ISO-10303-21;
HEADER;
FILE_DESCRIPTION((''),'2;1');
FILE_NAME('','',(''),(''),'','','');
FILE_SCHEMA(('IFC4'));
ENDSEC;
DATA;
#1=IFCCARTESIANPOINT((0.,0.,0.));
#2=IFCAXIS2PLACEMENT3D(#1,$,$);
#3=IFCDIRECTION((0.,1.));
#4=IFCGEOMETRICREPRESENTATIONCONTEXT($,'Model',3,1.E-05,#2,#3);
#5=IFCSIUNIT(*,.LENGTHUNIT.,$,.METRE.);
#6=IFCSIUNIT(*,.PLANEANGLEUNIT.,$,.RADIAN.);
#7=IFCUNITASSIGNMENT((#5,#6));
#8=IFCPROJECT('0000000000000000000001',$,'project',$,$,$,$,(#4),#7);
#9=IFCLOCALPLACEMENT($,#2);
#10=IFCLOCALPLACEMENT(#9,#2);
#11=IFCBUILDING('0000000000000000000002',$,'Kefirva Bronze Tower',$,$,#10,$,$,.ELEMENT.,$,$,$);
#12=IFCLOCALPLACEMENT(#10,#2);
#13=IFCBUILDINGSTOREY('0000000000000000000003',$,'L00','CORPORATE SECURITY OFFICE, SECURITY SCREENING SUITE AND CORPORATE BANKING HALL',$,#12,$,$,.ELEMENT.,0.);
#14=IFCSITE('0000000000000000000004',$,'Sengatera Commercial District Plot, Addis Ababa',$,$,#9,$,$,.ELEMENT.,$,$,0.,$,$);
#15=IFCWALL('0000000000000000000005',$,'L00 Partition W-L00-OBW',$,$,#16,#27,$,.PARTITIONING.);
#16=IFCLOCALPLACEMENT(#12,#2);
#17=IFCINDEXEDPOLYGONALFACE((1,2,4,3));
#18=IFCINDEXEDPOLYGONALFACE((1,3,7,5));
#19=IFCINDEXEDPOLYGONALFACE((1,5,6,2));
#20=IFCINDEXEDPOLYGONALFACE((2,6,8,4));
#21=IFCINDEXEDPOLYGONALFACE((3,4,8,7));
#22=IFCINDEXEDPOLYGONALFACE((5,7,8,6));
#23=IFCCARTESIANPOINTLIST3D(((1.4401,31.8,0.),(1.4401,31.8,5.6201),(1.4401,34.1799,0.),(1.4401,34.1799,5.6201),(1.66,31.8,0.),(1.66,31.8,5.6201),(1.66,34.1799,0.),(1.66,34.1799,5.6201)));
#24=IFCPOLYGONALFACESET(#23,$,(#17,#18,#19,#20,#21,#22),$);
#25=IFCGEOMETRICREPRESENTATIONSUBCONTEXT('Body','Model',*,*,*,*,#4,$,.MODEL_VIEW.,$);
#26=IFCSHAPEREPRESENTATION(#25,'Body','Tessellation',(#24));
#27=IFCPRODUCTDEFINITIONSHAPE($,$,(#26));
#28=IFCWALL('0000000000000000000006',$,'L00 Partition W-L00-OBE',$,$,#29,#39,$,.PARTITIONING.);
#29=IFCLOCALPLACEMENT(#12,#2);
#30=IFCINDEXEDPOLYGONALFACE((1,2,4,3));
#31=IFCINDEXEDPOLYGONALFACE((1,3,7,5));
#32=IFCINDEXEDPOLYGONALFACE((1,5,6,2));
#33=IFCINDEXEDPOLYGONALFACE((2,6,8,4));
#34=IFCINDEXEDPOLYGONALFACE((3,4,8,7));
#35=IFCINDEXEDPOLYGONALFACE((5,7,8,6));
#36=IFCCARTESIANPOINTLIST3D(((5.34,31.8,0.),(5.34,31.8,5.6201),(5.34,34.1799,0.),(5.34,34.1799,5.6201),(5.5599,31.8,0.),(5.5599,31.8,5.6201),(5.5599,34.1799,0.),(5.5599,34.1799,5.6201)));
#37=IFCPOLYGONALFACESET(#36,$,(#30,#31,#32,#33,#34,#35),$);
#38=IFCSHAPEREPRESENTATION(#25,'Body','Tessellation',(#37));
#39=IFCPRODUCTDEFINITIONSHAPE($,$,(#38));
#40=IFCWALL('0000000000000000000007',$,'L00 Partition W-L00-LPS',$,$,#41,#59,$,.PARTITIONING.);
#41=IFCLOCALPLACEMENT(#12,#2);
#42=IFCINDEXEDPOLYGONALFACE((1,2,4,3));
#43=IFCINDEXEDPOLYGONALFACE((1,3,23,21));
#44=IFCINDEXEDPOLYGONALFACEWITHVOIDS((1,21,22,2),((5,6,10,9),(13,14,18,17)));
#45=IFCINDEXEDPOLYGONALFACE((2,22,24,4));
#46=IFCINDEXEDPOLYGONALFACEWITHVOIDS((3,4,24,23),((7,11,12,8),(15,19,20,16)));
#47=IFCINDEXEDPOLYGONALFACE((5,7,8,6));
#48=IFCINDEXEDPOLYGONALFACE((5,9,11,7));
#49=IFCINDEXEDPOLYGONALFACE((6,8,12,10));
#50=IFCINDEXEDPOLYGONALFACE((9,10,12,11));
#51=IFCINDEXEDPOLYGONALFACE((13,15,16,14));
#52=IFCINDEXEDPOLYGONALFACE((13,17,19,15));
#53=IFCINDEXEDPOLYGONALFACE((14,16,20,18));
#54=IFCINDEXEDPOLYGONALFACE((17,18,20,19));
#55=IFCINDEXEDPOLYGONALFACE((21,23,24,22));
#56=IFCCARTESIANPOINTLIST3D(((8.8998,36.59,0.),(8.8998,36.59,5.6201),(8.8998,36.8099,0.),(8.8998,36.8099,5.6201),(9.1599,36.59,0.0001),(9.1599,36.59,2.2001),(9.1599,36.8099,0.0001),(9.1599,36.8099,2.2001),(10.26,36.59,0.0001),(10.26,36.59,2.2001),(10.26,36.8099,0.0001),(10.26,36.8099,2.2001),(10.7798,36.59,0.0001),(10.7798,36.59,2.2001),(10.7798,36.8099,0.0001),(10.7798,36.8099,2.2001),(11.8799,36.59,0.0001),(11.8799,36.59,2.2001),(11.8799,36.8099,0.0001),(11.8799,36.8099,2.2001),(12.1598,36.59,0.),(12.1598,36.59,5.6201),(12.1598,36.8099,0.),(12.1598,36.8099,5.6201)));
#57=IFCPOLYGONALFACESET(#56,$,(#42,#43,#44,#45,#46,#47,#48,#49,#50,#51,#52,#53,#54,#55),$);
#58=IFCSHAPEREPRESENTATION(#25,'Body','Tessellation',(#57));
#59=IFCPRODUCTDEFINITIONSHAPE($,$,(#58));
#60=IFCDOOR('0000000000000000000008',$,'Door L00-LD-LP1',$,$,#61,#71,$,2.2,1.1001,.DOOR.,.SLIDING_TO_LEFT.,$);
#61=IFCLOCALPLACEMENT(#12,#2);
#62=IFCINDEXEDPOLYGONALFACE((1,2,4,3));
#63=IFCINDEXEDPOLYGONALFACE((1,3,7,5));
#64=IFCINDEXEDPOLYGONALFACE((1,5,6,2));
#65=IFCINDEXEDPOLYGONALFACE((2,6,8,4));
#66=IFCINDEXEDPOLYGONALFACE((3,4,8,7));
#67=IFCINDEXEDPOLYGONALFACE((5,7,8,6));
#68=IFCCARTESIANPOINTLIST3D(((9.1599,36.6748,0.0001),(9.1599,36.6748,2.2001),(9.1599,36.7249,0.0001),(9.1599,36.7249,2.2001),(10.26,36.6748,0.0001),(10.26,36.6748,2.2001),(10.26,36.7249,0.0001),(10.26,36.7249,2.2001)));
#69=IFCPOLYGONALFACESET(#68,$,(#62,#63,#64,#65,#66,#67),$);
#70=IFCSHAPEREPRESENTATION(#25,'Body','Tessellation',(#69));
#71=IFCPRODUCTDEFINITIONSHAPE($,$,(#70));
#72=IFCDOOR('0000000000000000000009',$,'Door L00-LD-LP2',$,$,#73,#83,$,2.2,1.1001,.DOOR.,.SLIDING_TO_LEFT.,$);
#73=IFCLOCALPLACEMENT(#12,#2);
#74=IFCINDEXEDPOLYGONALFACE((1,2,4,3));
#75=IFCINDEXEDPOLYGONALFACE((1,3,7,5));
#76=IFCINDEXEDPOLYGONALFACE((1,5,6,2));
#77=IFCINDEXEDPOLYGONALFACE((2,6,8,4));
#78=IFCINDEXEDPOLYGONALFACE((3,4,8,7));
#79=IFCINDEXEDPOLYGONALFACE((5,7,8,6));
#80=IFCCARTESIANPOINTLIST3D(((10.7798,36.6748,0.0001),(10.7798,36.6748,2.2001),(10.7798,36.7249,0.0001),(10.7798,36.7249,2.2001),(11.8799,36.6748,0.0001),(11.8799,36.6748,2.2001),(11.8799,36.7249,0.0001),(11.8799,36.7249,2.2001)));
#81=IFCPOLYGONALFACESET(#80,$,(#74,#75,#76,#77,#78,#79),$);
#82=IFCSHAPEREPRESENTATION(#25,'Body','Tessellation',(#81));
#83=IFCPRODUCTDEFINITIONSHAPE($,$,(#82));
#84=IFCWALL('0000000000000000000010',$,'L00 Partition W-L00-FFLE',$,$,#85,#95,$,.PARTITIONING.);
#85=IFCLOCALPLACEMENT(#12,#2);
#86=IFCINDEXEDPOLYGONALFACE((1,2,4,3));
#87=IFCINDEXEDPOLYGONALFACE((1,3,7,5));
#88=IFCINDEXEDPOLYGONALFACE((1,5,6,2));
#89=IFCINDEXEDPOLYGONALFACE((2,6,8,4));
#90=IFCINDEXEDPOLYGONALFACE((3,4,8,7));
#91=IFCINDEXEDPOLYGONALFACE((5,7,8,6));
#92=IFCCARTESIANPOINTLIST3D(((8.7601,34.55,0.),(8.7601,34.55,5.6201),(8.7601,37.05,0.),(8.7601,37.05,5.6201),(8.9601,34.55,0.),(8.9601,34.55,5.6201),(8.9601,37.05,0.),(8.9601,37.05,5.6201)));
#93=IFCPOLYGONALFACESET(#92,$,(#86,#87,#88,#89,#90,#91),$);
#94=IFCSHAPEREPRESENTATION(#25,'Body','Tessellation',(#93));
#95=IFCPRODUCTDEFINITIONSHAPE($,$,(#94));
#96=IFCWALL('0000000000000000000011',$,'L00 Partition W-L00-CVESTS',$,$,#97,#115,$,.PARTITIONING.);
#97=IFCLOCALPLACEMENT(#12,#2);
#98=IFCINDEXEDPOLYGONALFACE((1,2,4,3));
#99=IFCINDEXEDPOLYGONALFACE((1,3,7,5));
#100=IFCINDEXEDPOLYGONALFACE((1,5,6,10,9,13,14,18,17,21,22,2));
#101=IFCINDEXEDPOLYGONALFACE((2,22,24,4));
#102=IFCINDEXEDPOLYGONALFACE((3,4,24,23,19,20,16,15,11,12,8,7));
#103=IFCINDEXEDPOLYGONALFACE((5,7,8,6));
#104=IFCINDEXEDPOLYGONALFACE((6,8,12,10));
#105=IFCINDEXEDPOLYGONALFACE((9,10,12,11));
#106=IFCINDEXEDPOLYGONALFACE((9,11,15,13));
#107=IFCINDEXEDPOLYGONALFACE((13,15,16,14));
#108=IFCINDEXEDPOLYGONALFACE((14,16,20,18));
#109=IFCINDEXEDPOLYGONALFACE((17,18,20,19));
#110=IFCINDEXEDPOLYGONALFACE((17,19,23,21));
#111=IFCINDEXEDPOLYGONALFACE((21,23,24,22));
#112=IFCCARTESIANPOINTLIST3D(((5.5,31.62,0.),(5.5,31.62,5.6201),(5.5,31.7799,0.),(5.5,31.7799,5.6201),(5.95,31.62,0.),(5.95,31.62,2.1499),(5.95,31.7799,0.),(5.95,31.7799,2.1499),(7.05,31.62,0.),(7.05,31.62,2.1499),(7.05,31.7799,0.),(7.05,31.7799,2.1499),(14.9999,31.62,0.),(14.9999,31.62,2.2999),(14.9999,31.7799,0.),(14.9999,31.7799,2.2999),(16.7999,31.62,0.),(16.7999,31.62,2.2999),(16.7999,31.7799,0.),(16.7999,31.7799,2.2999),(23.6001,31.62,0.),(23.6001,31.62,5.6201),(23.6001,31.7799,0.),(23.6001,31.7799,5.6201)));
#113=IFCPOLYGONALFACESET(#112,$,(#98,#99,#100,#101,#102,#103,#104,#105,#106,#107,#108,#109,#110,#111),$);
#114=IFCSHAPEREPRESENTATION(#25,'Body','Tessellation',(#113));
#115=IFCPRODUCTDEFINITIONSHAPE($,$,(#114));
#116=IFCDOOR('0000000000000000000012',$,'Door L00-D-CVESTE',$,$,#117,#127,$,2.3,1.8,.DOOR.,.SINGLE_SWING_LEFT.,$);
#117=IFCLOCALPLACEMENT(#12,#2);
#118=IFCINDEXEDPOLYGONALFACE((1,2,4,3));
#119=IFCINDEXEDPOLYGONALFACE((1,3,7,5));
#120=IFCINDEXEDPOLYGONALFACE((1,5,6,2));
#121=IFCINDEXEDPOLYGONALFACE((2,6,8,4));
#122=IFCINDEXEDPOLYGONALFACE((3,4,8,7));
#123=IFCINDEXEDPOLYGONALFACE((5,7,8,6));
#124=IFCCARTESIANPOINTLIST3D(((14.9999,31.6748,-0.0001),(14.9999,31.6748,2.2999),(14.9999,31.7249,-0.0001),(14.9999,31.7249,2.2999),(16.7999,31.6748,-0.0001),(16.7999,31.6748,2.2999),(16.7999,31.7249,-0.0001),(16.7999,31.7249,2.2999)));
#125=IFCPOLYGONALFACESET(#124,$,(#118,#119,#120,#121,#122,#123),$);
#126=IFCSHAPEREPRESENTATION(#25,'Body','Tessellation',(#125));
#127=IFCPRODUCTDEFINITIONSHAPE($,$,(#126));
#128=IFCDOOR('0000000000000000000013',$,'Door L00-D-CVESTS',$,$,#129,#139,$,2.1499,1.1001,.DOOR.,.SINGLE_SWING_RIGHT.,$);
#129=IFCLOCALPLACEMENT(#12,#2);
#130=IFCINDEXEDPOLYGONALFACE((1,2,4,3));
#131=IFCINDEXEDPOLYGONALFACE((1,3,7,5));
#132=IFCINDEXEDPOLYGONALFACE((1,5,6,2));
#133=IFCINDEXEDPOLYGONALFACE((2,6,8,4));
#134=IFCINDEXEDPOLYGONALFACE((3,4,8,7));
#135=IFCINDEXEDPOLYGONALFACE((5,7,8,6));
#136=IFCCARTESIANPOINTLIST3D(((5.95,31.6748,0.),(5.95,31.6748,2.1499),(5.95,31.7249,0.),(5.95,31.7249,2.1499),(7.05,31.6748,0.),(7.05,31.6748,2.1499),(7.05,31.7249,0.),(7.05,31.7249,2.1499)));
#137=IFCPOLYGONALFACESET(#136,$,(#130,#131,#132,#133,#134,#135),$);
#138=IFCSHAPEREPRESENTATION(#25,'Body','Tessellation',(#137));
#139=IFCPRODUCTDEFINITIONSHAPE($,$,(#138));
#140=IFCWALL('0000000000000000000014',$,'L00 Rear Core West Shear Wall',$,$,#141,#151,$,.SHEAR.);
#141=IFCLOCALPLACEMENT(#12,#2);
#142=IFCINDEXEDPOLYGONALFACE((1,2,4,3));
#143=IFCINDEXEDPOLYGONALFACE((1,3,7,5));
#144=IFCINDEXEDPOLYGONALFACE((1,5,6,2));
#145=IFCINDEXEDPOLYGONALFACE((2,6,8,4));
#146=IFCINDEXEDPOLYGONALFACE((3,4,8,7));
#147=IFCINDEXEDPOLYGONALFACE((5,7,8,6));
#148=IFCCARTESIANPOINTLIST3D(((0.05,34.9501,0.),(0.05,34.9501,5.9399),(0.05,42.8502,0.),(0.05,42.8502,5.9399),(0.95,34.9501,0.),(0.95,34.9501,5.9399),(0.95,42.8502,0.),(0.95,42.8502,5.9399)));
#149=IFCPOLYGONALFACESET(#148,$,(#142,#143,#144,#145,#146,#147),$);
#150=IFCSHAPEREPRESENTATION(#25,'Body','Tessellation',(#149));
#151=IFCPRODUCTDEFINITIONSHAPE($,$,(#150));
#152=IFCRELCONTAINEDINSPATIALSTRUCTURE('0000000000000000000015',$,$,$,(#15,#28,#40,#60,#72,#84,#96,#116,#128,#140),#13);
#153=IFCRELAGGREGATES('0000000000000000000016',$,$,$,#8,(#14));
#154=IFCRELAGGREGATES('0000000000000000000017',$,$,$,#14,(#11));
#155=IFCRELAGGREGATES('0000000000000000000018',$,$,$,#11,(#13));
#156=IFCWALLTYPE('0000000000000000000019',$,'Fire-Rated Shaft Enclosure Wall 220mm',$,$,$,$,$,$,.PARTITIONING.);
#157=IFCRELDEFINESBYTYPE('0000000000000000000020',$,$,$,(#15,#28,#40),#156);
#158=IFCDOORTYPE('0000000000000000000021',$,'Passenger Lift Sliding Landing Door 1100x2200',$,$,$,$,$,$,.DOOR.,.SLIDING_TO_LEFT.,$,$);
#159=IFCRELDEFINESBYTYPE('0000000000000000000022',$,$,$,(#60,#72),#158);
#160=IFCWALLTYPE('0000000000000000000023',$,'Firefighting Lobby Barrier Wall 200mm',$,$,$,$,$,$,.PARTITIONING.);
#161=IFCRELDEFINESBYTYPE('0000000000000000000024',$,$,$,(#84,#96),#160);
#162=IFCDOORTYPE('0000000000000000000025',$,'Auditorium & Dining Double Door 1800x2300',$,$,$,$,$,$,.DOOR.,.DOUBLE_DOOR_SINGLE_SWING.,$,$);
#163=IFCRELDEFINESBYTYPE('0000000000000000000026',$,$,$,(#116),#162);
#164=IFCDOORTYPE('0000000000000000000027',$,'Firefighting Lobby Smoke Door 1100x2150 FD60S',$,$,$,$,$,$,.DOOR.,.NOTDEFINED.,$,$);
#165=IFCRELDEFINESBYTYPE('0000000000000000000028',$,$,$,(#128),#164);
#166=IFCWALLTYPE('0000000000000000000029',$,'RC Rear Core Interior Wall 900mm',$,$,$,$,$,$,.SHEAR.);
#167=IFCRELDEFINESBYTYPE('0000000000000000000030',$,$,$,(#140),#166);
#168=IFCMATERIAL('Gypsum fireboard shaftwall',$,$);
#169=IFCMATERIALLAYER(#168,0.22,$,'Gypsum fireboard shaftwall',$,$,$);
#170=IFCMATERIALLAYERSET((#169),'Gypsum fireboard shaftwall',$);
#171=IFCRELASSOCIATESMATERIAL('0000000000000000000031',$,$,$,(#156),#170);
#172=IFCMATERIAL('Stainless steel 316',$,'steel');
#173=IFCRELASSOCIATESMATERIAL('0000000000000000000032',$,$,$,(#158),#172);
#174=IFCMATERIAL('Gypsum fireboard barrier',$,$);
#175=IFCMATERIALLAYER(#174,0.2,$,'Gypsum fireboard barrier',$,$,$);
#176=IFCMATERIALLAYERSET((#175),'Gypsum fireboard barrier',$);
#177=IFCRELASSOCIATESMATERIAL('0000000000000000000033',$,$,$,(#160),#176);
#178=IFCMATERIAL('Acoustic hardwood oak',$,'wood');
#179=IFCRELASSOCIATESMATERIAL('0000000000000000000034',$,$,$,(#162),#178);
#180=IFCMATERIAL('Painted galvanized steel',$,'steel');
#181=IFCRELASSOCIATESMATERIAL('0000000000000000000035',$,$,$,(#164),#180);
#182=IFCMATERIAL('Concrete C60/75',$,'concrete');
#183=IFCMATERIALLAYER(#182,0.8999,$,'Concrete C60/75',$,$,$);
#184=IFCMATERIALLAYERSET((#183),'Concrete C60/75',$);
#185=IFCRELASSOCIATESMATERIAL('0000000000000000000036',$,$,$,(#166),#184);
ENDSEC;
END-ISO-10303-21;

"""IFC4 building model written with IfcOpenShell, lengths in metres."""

from ifc_helpers import new_model, si_unit, direction, frame, frame_2d, origin, place, context, subcontext, project, spatial, rectangle, extrude, material, layer, layer_set, type_object, element, fill, save


model = new_model("IFC4")

# Units and contexts
model_context = context("Model", 3, precision=1e-05, world=origin(), true_north=direction((0.0, 1.0)))
body_context = subcontext(model_context, "Body", "Model", "MODEL_VIEW")
ifc_project = project(units=[si_unit("LENGTHUNIT", "METRE"), si_unit("PLANEANGLEUNIT", "RADIAN")], contexts=[model_context])

# Site, building, storey
site_placement = place(None, origin())
site = spatial("IfcSite", under=ifc_project, at=site_placement, Name="Sengatera Commercial District Plot, Addis Ababa", CompositionType="ELEMENT", RefElevation=0.0)
building_placement = place(site_placement, origin())
building = spatial("IfcBuilding", under=site, at=building_placement, Name="Kefirva Bronze Tower", CompositionType="ELEMENT")
storey_placement = place(building_placement, origin())
storey = spatial("IfcBuildingStorey", under=building, at=storey_placement, Name="L00", Description="CORPORATE SECURITY OFFICE, SECURITY SCREENING SUITE AND CORPORATE BANKING HALL", CompositionType="ELEMENT", Elevation=0.0)

# Shared definitions
ifc_material_1 = material(Name="Concrete C60/75", Category="concrete")

# Shared definitions
ifc_material_2 = material(Name="Gypsum fireboard shaftwall")
ifc_layer_1 = layer(ifc_material_2, 0.22, Name="Gypsum fireboard shaftwall")
ifc_layer_set_1 = layer_set([ifc_layer_1], Name="Gypsum fireboard shaftwall")
wall_type_1 = type_object("IfcWallType", Name="Fire-Rated Shaft Enclosure Wall 220mm", PredefinedType="PARTITIONING", material=ifc_layer_set_1)
ifc_material_3 = material(Name="Stainless steel 316", Category="steel")
door_type_1 = type_object("IfcDoorType", Name="Passenger Lift Sliding Landing Door 1100x2200", OperationType="SLIDING_TO_LEFT", PredefinedType="DOOR", material=ifc_material_3)

# Walls
for number, where, z_axis, x_axis, name in (
    (1, (1.55, 31.8, 0.0), (0.0, 0.0, 1.0), (0.0, 1.0, 0.0), "L00 Partition W-L00-OBW"),
    (2, (5.45, 31.8, 0.0), (0.0, 0.0, 1.0), (0.0, 1.0, 0.0), "L00 Partition W-L00-OBE"),
):
    element("IfcWall", number, at=place(storey_placement, frame(where, z_axis=z_axis, x_axis=x_axis)), inside=storey, type_object=wall_type_1, Name=name, PredefinedType="PARTITIONING", context=body_context, shape_type="SweptSolid", body=[
        extrude(rectangle(XDim=2.3799, YDim=0.22, at=frame_2d((1.1899, 0.0))), origin(), (0.0, 0.0, 1.0), 5.6201),
    ])

# Wall, openings, doors
wall_1_placement = place(storey_placement, frame((8.8999, 36.7, 0.0), z_axis=(0.0, 0.0, 1.0), x_axis=(1.0, 0.0, 0.0)))
wall_1 = element("IfcWall", 3, at=wall_1_placement, inside=storey, type_object=wall_type_1, Name="L00 Partition W-L00-LPS", PredefinedType="PARTITIONING", context=body_context, shape_type="SweptSolid", body=[
    extrude(rectangle(XDim=3.26, YDim=0.22, at=frame_2d((1.6299, 0.0))), origin(), (0.0, 0.0, 1.0), 5.6201),
])
opening_1_placement = place(wall_1_placement, frame((0.26, 0.0, 0.0)))
opening_1 = element("IfcOpeningElement", 4, at=opening_1_placement, cuts=wall_1, PredefinedType="OPENING", context=body_context, shape_type="SweptSolid", body=[
    extrude(rectangle(XDim=1.1001, YDim=2.2, at=frame_2d((0.55, 1.1001))), frame((0.0, 0.1201, 0.0), z_axis=(0.0, -1.0, 0.0), x_axis=(1.0, 0.0, 0.0)), (0.0, 0.0, 1.0), 0.24),
])
opening_2_placement = place(wall_1_placement, frame((1.8799, 0.0, 0.0)))
opening_2 = element("IfcOpeningElement", 5, at=opening_2_placement, cuts=wall_1, PredefinedType="OPENING", context=body_context, shape_type="SweptSolid", body=[
    extrude(rectangle(XDim=1.1001, YDim=2.2, at=frame_2d((0.55, 1.1001))), frame((0.0, 0.1201, 0.0), z_axis=(0.0, -1.0, 0.0), x_axis=(1.0, 0.0, 0.0)), (0.0, 0.0, 1.0), 0.24),
])
door_1_placement = place(opening_1_placement, origin())
door_1 = element("IfcDoor", 6, at=door_1_placement, inside=storey, type_object=door_type_1, Name="Door L00-LD-LP1", OperationType="SLIDING_TO_LEFT", OverallHeight=2.2, OverallWidth=1.1001, PredefinedType="DOOR", context=body_context, shape_type="SweptSolid", body=[
    extrude(rectangle(XDim=1.1001, YDim=2.2, at=frame_2d((0.55, 1.1001))), frame((0.0, 0.0249, 0.0), z_axis=(0.0, -1.0, 0.0), x_axis=(1.0, 0.0, 0.0)), (0.0, 0.0, 1.0), 0.05),
])
fill(opening_1, door_1)
door_2_placement = place(opening_2_placement, origin())
door_2 = element("IfcDoor", 7, at=door_2_placement, inside=storey, type_object=door_type_1, Name="Door L00-LD-LP2", OperationType="SLIDING_TO_LEFT", OverallHeight=2.2, OverallWidth=1.1001, PredefinedType="DOOR", context=body_context, shape_type="SweptSolid", body=[
    extrude(rectangle(XDim=1.1001, YDim=2.2, at=frame_2d((0.55, 1.1001))), frame((0.0, 0.0249, 0.0), z_axis=(0.0, -1.0, 0.0), x_axis=(1.0, 0.0, 0.0)), (0.0, 0.0, 1.0), 0.05),
])
fill(opening_2, door_2)

# Wall
ifc_material_4 = material(Name="Gypsum fireboard barrier")
ifc_layer_2 = layer(ifc_material_4, 0.2, Name="Gypsum fireboard barrier")
ifc_layer_set_2 = layer_set([ifc_layer_2], Name="Gypsum fireboard barrier")
wall_type_2 = type_object("IfcWallType", Name="Firefighting Lobby Barrier Wall 200mm", PredefinedType="PARTITIONING", material=ifc_layer_set_2)
wall_2_placement = place(storey_placement, frame((8.8601, 34.55, 0.0), z_axis=(0.0, 0.0, 1.0), x_axis=(0.0, 1.0, 0.0)))
element("IfcWall", 8, at=wall_2_placement, inside=storey, type_object=wall_type_2, Name="L00 Partition W-L00-FFLE", PredefinedType="PARTITIONING", context=body_context, shape_type="SweptSolid", body=[
    extrude(rectangle(XDim=2.5, YDim=0.2, at=frame_2d((1.25, 0.0))), origin(), (0.0, 0.0, 1.0), 5.6201),
])

# Wall, openings, doors
wall_3_placement = place(storey_placement, frame((5.5, 31.7, 0.0), z_axis=(0.0, 0.0, 1.0), x_axis=(1.0, 0.0, 0.0)))
wall_3 = element("IfcWall", 9, at=wall_3_placement, inside=storey, type_object=wall_type_2, Name="L00 Partition W-L00-CVESTS", PredefinedType="PARTITIONING", context=body_context, shape_type="SweptSolid", body=[
    extrude(rectangle(XDim=18.1001, YDim=0.1599, at=frame_2d((9.05, 0.0))), origin(), (0.0, 0.0, 1.0), 5.6201),
])
opening_3_placement = place(wall_3_placement, frame((0.45, 0.0, 0.0)))
opening_3 = element("IfcOpeningElement", 10, at=opening_3_placement, cuts=wall_3, PredefinedType="OPENING", context=body_context, shape_type="SweptSolid", body=[
    extrude(rectangle(XDim=1.1001, YDim=2.1499, at=frame_2d((0.55, 1.075))), frame((0.0, 0.0898, 0.0), z_axis=(0.0, -1.0, 0.0), x_axis=(1.0, 0.0, 0.0)), (0.0, 0.0, 1.0), 0.1799),
])
opening_4_placement = place(wall_3_placement, frame((9.5, 0.0, 0.0)))
opening_4 = element("IfcOpeningElement", 11, at=opening_4_placement, cuts=wall_3, PredefinedType="OPENING", context=body_context, shape_type="SweptSolid", body=[
    extrude(rectangle(XDim=1.8, YDim=2.3, at=frame_2d((0.8999, 1.1499))), frame((0.0, 0.0898, 0.0), z_axis=(0.0, -1.0, 0.0), x_axis=(1.0, 0.0, 0.0)), (0.0, 0.0, 1.0), 0.1799),
])
ifc_material_5 = material(Name="Acoustic hardwood oak", Category="wood")
door_type_2 = type_object("IfcDoorType", Name="Auditorium & Dining Double Door 1800x2300", OperationType="DOUBLE_DOOR_SINGLE_SWING", PredefinedType="DOOR", material=ifc_material_5)
door_3_placement = place(opening_4_placement, origin())
door_3 = element("IfcDoor", 12, at=door_3_placement, inside=storey, type_object=door_type_2, Name="Door L00-D-CVESTE", OperationType="SINGLE_SWING_LEFT", OverallHeight=2.3, OverallWidth=1.8, PredefinedType="DOOR", context=body_context, shape_type="SweptSolid", body=[
    extrude(rectangle(XDim=1.8, YDim=2.3, at=frame_2d((0.8999, 1.1499))), frame((0.0, 0.0249, 0.0), z_axis=(0.0, -1.0, 0.0), x_axis=(1.0, 0.0, 0.0)), (0.0, 0.0, 1.0), 0.05),
])
fill(opening_4, door_3)
ifc_material_6 = material(Name="Painted galvanized steel", Category="steel")
door_type_3 = type_object("IfcDoorType", Name="Firefighting Lobby Smoke Door 1100x2150 FD60S", OperationType="NOTDEFINED", PredefinedType="DOOR", material=ifc_material_6)
door_4_placement = place(opening_3_placement, origin())
door_4 = element("IfcDoor", 13, at=door_4_placement, inside=storey, type_object=door_type_3, Name="Door L00-D-CVESTS", OperationType="SINGLE_SWING_RIGHT", OverallHeight=2.1499, OverallWidth=1.1001, PredefinedType="DOOR", context=body_context, shape_type="SweptSolid", body=[
    extrude(rectangle(XDim=1.1001, YDim=2.1499, at=frame_2d((0.55, 1.075))), frame((0.0, 0.0249, 0.0), z_axis=(0.0, -1.0, 0.0), x_axis=(1.0, 0.0, 0.0)), (0.0, 0.0, 1.0), 0.05),
])
fill(opening_3, door_4)

# Wall
ifc_layer_3 = layer(ifc_material_1, 0.8999, Name="Concrete C60/75")
ifc_layer_set_3 = layer_set([ifc_layer_3], Name="Concrete C60/75")
wall_type_3 = type_object("IfcWallType", Name="RC Rear Core Interior Wall 900mm", PredefinedType="SHEAR", material=ifc_layer_set_3)
wall_4_placement = place(storey_placement, frame((0.5, 34.95, 0.0), z_axis=(0.0, 0.0, 1.0), x_axis=(0.0, 1.0, 0.0)))
element("IfcWall", 14, at=wall_4_placement, inside=storey, type_object=wall_type_3, Name="L00 Rear Core West Shear Wall", PredefinedType="SHEAR", context=body_context, shape_type="SweptSolid", body=[
    extrude(rectangle(XDim=7.9001, YDim=0.8999, at=frame_2d((3.9502, 0.0))), origin(), (0.0, 0.0, 1.0), 5.9399),
])

save(model, "model.ifc")
